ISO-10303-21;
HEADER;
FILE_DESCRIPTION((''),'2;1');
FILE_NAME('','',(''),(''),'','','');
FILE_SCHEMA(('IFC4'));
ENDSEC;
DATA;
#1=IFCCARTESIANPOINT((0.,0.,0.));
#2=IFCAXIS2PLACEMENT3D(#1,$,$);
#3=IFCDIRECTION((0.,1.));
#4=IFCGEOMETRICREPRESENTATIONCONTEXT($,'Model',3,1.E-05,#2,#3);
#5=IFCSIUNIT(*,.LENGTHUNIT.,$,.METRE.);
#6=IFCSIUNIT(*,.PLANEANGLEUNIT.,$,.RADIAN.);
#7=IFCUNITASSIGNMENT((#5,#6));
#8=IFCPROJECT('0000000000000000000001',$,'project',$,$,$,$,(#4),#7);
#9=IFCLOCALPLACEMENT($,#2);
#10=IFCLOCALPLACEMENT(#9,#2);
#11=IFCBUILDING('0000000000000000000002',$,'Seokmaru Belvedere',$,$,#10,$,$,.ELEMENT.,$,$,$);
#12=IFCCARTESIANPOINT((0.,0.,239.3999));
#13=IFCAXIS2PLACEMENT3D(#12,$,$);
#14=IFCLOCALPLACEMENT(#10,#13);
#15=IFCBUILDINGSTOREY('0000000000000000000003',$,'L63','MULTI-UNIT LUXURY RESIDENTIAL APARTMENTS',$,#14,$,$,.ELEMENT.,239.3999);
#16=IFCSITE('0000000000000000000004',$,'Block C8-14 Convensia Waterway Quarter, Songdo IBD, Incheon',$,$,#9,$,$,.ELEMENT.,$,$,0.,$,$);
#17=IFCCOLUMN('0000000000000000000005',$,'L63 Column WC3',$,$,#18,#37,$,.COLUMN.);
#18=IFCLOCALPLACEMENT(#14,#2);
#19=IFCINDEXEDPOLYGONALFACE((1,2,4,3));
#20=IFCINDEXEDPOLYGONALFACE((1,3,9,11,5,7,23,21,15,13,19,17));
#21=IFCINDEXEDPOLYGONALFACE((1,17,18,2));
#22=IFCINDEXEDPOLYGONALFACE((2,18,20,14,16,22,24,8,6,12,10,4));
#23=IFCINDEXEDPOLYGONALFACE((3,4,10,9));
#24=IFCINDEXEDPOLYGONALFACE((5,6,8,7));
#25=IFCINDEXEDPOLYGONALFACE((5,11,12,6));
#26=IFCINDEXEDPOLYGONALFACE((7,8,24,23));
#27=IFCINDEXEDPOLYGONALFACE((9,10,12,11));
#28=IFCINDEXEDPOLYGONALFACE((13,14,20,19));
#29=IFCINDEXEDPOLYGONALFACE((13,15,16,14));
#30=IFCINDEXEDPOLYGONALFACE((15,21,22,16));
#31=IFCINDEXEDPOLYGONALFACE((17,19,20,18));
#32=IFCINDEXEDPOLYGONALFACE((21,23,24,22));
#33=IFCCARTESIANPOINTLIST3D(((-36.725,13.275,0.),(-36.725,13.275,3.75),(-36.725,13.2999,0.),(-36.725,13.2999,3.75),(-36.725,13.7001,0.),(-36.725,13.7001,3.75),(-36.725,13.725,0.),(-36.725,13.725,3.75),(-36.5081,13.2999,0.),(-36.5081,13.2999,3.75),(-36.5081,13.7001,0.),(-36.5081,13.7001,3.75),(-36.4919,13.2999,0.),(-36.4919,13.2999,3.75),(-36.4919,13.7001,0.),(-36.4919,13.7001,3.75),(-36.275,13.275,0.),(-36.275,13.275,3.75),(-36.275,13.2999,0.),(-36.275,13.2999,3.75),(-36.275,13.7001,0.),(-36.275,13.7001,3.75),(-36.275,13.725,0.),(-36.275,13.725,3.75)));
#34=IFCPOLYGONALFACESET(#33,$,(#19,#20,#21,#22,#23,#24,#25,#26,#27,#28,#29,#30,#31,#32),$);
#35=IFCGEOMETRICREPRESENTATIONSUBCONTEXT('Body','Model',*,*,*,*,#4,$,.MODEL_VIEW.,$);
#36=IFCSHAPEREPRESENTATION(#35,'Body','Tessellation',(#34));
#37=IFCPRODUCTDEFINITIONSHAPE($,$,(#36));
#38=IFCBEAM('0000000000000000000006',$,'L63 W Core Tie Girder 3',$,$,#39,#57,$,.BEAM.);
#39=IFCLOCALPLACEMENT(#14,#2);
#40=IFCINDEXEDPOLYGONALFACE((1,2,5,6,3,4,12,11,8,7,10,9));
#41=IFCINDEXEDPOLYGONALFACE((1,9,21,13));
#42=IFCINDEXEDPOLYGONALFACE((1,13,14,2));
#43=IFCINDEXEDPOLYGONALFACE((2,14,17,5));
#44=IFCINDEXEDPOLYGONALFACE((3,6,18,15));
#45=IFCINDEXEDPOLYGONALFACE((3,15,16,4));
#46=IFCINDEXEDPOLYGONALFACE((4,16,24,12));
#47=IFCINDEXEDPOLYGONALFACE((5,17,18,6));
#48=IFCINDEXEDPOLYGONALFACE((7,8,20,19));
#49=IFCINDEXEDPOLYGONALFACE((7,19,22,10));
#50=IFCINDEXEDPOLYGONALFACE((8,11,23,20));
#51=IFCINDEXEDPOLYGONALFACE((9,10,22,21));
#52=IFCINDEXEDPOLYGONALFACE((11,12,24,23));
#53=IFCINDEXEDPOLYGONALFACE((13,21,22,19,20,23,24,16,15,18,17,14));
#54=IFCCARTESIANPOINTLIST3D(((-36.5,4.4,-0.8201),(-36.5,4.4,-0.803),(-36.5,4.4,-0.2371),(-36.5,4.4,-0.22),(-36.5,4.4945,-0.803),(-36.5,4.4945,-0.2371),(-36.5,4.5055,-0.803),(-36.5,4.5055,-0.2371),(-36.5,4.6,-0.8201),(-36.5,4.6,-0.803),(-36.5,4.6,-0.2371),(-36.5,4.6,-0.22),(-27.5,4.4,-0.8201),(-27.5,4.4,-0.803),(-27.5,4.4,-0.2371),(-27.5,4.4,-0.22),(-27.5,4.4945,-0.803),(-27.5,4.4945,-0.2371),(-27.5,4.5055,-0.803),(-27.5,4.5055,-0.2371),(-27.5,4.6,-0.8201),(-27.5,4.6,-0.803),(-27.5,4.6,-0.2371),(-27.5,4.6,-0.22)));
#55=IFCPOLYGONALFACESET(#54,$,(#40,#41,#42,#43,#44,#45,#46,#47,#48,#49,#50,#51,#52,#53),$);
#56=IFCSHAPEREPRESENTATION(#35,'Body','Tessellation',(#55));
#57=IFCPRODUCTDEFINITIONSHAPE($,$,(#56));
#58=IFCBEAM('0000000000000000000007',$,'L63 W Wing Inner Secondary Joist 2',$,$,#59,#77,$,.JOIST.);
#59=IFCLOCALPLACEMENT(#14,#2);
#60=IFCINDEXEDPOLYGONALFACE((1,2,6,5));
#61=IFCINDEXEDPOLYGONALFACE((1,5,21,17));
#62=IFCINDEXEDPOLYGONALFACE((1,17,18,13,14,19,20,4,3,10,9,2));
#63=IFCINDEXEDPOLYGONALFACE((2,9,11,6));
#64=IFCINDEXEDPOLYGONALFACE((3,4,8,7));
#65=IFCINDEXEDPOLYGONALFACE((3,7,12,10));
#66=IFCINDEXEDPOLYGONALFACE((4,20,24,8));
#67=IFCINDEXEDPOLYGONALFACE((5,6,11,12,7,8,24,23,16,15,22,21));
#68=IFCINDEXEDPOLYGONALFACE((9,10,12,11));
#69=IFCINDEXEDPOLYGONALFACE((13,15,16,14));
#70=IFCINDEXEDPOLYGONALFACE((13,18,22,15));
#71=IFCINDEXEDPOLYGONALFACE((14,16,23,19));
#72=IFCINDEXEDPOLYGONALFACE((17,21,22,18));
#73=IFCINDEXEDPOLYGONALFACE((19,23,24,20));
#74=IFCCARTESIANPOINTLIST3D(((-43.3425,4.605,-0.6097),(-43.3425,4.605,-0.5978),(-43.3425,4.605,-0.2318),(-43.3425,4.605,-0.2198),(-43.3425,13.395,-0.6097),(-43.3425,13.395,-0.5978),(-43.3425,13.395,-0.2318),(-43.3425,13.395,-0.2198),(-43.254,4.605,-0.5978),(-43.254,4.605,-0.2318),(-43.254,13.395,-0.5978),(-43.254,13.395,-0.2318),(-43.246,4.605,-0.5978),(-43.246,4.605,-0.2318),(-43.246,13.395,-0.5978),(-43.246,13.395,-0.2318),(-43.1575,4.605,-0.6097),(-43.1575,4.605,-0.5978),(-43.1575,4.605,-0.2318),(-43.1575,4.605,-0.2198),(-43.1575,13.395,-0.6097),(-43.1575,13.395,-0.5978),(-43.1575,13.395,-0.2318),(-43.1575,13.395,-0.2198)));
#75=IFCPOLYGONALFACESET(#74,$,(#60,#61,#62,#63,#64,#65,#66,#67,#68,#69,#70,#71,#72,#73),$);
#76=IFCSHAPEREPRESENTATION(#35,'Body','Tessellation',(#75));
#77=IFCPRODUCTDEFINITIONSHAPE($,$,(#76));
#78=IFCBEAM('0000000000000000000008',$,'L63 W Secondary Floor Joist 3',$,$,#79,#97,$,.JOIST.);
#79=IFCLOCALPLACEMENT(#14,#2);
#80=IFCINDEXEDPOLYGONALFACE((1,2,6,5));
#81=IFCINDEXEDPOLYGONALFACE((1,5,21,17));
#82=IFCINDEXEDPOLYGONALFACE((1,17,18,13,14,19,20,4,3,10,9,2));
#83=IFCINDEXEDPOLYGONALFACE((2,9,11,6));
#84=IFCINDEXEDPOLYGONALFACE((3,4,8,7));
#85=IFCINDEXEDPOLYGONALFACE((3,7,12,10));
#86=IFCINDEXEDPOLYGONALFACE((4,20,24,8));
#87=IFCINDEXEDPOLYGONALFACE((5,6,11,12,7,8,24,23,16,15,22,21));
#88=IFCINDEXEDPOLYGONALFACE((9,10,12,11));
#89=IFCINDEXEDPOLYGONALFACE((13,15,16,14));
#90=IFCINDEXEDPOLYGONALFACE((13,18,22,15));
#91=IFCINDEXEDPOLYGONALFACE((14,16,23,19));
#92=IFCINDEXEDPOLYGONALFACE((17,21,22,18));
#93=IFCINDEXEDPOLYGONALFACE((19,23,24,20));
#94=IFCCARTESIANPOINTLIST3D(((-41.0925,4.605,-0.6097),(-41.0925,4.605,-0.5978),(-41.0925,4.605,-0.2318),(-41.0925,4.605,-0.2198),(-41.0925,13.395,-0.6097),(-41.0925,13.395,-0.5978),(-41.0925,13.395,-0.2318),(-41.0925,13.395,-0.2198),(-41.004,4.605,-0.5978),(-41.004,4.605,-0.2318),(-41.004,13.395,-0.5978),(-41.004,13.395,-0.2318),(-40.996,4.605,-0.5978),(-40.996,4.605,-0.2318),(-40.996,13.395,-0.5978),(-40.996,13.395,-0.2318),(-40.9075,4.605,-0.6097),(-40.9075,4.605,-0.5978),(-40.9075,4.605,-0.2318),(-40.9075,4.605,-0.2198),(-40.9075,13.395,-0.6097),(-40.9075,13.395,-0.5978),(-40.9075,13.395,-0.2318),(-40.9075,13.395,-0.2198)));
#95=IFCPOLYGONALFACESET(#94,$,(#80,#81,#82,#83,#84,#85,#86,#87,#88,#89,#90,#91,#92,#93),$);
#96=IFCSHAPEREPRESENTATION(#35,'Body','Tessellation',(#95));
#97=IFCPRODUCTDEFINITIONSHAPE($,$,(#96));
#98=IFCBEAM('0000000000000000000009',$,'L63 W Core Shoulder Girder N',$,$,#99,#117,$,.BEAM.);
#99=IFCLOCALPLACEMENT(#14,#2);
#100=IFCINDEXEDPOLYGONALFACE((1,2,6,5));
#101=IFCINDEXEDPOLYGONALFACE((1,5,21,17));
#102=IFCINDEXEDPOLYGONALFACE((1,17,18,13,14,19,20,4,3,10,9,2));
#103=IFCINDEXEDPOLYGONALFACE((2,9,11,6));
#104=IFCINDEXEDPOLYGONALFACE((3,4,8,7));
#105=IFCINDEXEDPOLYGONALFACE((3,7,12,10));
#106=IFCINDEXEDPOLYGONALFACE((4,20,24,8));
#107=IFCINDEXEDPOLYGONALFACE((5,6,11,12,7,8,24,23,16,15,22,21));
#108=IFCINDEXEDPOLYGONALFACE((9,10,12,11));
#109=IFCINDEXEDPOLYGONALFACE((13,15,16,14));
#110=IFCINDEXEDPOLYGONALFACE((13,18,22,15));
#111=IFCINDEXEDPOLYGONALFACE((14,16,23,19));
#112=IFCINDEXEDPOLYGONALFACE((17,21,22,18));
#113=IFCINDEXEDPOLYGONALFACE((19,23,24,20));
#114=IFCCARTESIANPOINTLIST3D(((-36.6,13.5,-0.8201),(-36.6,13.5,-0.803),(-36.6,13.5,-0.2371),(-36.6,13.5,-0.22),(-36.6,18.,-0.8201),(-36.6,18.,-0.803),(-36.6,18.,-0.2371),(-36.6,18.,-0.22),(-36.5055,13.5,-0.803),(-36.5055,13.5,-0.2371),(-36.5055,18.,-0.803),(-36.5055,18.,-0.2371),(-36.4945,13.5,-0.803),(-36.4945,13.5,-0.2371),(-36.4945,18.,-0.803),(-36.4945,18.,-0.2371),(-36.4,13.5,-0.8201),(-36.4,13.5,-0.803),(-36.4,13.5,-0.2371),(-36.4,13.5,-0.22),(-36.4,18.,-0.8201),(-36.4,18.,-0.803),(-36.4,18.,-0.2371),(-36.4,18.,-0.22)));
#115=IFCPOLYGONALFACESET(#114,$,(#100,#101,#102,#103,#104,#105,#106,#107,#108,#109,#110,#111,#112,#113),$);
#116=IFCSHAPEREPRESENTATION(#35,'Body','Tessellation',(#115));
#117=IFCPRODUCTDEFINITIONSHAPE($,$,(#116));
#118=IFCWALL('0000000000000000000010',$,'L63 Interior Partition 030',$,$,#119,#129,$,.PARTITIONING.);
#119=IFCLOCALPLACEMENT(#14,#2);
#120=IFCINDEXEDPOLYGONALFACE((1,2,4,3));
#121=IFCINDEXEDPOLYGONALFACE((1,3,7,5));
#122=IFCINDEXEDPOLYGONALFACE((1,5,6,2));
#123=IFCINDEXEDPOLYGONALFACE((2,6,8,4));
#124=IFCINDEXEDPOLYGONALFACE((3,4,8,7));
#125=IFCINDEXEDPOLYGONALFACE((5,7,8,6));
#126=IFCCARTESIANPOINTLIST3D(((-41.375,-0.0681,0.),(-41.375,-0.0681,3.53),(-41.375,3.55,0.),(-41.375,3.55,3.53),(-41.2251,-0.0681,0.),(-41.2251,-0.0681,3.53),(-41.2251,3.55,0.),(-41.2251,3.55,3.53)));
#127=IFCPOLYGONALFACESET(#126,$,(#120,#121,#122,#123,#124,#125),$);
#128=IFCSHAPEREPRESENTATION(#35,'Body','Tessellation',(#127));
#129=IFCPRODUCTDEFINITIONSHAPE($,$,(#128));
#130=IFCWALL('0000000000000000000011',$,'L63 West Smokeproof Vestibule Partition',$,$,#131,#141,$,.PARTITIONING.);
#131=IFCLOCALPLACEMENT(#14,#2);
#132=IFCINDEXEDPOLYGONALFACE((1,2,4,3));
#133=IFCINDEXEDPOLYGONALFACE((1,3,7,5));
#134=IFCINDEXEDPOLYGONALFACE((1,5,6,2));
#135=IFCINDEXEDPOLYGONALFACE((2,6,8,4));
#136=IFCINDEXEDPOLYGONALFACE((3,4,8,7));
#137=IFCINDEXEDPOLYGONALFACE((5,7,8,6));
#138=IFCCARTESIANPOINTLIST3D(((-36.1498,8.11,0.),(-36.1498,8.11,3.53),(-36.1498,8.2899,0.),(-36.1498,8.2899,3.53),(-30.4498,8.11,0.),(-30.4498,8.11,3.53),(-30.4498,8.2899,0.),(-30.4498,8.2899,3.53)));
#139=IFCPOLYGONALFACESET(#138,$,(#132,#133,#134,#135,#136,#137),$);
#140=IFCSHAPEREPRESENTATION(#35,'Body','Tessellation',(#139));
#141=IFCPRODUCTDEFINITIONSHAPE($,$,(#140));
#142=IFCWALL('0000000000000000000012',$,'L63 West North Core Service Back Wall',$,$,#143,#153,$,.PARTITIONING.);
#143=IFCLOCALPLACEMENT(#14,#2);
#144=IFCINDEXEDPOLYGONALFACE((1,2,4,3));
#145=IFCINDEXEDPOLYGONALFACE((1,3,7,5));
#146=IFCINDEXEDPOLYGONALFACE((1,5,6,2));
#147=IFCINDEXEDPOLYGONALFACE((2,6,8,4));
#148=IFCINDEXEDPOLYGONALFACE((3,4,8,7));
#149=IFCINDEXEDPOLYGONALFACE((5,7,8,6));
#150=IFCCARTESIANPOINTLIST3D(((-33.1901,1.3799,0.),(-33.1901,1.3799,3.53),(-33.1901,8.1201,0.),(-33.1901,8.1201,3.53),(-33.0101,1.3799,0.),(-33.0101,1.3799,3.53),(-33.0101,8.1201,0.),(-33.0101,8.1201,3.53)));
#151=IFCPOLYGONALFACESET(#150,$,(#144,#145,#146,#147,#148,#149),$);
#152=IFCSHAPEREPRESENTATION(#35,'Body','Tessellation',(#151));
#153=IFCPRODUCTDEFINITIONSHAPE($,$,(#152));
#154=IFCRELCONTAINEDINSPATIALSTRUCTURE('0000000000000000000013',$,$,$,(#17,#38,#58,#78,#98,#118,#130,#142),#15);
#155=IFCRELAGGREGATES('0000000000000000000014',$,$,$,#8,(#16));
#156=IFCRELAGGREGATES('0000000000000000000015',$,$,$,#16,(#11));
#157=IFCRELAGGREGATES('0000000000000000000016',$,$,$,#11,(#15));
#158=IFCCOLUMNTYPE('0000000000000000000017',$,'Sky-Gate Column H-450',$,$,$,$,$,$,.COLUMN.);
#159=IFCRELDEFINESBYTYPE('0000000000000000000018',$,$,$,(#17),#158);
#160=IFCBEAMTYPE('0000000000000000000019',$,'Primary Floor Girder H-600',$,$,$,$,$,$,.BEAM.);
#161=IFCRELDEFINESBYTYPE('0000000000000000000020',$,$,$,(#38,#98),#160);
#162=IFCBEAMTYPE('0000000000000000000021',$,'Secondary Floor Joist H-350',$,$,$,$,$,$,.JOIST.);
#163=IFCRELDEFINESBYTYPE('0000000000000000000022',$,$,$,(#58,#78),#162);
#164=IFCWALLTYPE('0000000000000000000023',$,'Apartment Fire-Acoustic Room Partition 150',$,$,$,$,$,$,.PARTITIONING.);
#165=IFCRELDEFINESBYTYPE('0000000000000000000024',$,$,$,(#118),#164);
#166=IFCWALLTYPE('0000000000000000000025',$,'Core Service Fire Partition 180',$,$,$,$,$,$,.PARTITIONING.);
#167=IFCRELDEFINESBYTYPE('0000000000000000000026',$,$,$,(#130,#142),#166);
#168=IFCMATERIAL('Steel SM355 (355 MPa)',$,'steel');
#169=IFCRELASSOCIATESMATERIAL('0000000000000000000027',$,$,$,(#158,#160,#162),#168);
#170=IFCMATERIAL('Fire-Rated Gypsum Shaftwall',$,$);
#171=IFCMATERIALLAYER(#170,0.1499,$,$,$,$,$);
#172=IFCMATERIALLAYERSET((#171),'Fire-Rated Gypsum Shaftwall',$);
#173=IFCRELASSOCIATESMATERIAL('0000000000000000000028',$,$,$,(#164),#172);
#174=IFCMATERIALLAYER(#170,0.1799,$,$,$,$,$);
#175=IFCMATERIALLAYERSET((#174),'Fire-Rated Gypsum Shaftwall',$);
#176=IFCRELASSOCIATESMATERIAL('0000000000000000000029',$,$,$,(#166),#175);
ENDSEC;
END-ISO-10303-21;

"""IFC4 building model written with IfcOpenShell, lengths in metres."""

from ifc_helpers import new_model, si_unit, direction, frame, frame_2d, origin, origin_2d, place, context, subcontext, project, spatial, rectangle, i_section, extrude, source, transform, mapped, material, layer, layer_set, material_profile, profile_set, type_object, type_shapes, element, save


model = new_model("IFC4")

# Units and contexts
model_context = context("Model", 3, precision=1e-05, world=origin(), true_north=direction((0.0, 1.0)))
body_context = subcontext(model_context, "Body", "Model", "MODEL_VIEW")
ifc_project = project(units=[si_unit("LENGTHUNIT", "METRE"), si_unit("PLANEANGLEUNIT", "RADIAN")], contexts=[model_context])

# Site, building, storey
site_placement = place(None, origin())
site = spatial("IfcSite", under=ifc_project, at=site_placement, Name="Block C8-14 Convensia Waterway Quarter, Songdo IBD, Incheon", CompositionType="ELEMENT", RefElevation=0.0)
building_placement = place(site_placement, origin())
building = spatial("IfcBuilding", under=site, at=building_placement, Name="Seokmaru Belvedere", CompositionType="ELEMENT")
storey_placement = place(building_placement, frame((0.0, 0.0, 239.3999)))
storey = spatial("IfcBuildingStorey", under=building, at=storey_placement, Name="L63", Description="MULTI-UNIT LUXURY RESIDENTIAL APARTMENTS", CompositionType="ELEMENT", Elevation=239.3999)

# Column
ifc_material_1 = material(Name="Steel SM355 (355 MPa)", Category="steel")
ifc_material_profile_1 = material_profile(ifc_material_1, i_section(OverallWidth=0.45, OverallDepth=0.45, WebThickness=0.0161, FlangeThickness=0.0249, at=origin_2d()), Name="H-450x450x16x25")
ifc_profile_set_1 = profile_set([ifc_material_profile_1], Name="Steel SM355 (355 MPa)")
column_type = type_object("IfcColumnType", Name="Sky-Gate Column H-450", PredefinedType="COLUMN", material=ifc_profile_set_1)
shared_shape_1 = source(origin(), body_context, "Body", "SweptSolid", [
    extrude(i_section(OverallWidth=0.45, OverallDepth=0.45, WebThickness=0.0161, FlangeThickness=0.0249, at=origin_2d()), origin(), (0.0, 0.0, 1.0), 3.75),
])
type_shapes(column_type, [shared_shape_1])
column_placement = place(storey_placement, frame((-36.5, 13.5, 0.0), z_axis=(0.0, 0.0, 1.0), x_axis=(1.0, 0.0, 0.0)))
element("IfcColumn", 1, at=column_placement, inside=storey, type_object=column_type, Name="L63 Column WC3", PredefinedType="COLUMN", context=body_context, shape_type="MappedRepresentation", body=[
    mapped(shared_shape_1, transform((0.0, 0.0, 0.0), scale=1.0)),
])

# Beams
ifc_material_profile_2 = material_profile(ifc_material_1, i_section(OverallWidth=0.2, OverallDepth=0.6001, WebThickness=0.011, FlangeThickness=0.0171, at=origin_2d()), Name="H-600x200x11x17")
ifc_profile_set_2 = profile_set([ifc_material_profile_2], Name="Steel SM355 (355 MPa)")
beam_type_1 = type_object("IfcBeamType", Name="Primary Floor Girder H-600", PredefinedType="BEAM", material=ifc_profile_set_2)
shared_shape_2 = source(origin(), body_context, "Body", "SweptSolid", [
    extrude(i_section(OverallWidth=0.2, OverallDepth=0.6001, WebThickness=0.011, FlangeThickness=0.0171, at=origin_2d()), origin(), (0.0, 0.0, 1.0), 9.0),
])
beam_1_placement = place(storey_placement, frame((-36.5, 4.5, -0.52), z_axis=(1.0, 0.0, 0.0), x_axis=(0.0, 1.0, 0.0)))
element("IfcBeam", 2, at=beam_1_placement, inside=storey, type_object=beam_type_1, Name="L63 W Core Tie Girder 3", PredefinedType="BEAM", context=body_context, shape_type="MappedRepresentation", body=[
    mapped(shared_shape_2, transform((0.0, 0.0, 0.0), scale=1.0)),
])
ifc_material_profile_3 = material_profile(ifc_material_1, i_section(OverallWidth=0.1851, OverallDepth=0.3899, WebThickness=0.0081, FlangeThickness=0.012, at=origin_2d()), Name="H-390x185x8x12")
ifc_profile_set_3 = profile_set([ifc_material_profile_3], Name="Steel SM355 (355 MPa)")
beam_type_2 = type_object("IfcBeamType", Name="Secondary Floor Joist H-350", PredefinedType="JOIST", material=ifc_profile_set_3)
shared_shape_3 = source(origin(), body_context, "Body", "SweptSolid", [
    extrude(i_section(OverallWidth=0.1851, OverallDepth=0.3899, WebThickness=0.0081, FlangeThickness=0.012, at=origin_2d()), origin(), (0.0, 0.0, 1.0), 8.79),
])
type_shapes(beam_type_2, [shared_shape_3])
for number, where, z_axis, x_axis, name in (
    (3, (-43.25, 4.605, -0.4148), (0.0, 1.0, 0.0), (-1.0, 0.0, 0.0), "L63 W Wing Inner Secondary Joist 2"),
    (4, (-41.0, 4.605, -0.4148), (0.0, 1.0, 0.0), (-1.0, 0.0, 0.0), "L63 W Secondary Floor Joist 3"),
):
    element("IfcBeam", number, at=place(storey_placement, frame(where, z_axis=z_axis, x_axis=x_axis)), inside=storey, type_object=beam_type_2, Name=name, PredefinedType="JOIST", context=body_context, shape_type="MappedRepresentation", body=[
        mapped(shared_shape_3, transform((0.0, 0.0, 0.0), scale=1.0)),
    ])
shared_shape_4 = source(origin(), body_context, "Body", "SweptSolid", [
    extrude(i_section(OverallWidth=0.2, OverallDepth=0.6001, WebThickness=0.011, FlangeThickness=0.0171, at=origin_2d()), origin(), (0.0, 0.0, 1.0), 4.5),
])
type_shapes(beam_type_1, [shared_shape_2, shared_shape_4])
beam_2_placement = place(storey_placement, frame((-36.5, 13.5, -0.52), z_axis=(0.0, 1.0, 0.0), x_axis=(-1.0, 0.0, 0.0)))
element("IfcBeam", 5, at=beam_2_placement, inside=storey, type_object=beam_type_1, Name="L63 W Core Shoulder Girder N", PredefinedType="BEAM", context=body_context, shape_type="MappedRepresentation", body=[
    mapped(shared_shape_4, transform((0.0, 0.0, 0.0), scale=1.0)),
])

# Shared definitions
ifc_material_2 = material(Name="Fire-Rated Gypsum Shaftwall")
ifc_layer_1 = layer(ifc_material_2, 0.1499)
ifc_layer_set_1 = layer_set([ifc_layer_1], Name="Fire-Rated Gypsum Shaftwall")
wall_type_1 = type_object("IfcWallType", Name="Apartment Fire-Acoustic Room Partition 150", PredefinedType="PARTITIONING", material=ifc_layer_set_1)

# Walls
wall_1_placement = place(storey_placement, frame((-41.3, -0.0681, 0.0), z_axis=(0.0, 0.0, 1.0), x_axis=(0.0, 1.0, 0.0)))
element("IfcWall", 6, at=wall_1_placement, inside=storey, type_object=wall_type_1, Name="L63 Interior Partition 030", PredefinedType="PARTITIONING", context=body_context, shape_type="SweptSolid", body=[
    extrude(rectangle(XDim=3.6182, YDim=0.1499, at=frame_2d((1.8091, 0.0))), origin(), (0.0, 0.0, 1.0), 3.53),
])
ifc_layer_2 = layer(ifc_material_2, 0.1799)
ifc_layer_set_2 = layer_set([ifc_layer_2], Name="Fire-Rated Gypsum Shaftwall")
wall_type_2 = type_object("IfcWallType", Name="Core Service Fire Partition 180", PredefinedType="PARTITIONING", material=ifc_layer_set_2)
wall_2_placement = place(storey_placement, frame((-36.1499, 8.2, 0.0), z_axis=(0.0, 0.0, 1.0), x_axis=(1.0, 0.0, 0.0)))
element("IfcWall", 7, at=wall_2_placement, inside=storey, type_object=wall_type_2, Name="L63 West Smokeproof Vestibule Partition", PredefinedType="PARTITIONING", context=body_context, shape_type="SweptSolid", body=[
    extrude(rectangle(XDim=5.7, YDim=0.1799, at=frame_2d((2.8501, 0.0))), origin(), (0.0, 0.0, 1.0), 3.53),
])
wall_3_placement = place(storey_placement, frame((-33.1001, 1.3799, 0.0), z_axis=(0.0, 0.0, 1.0), x_axis=(0.0, 1.0, 0.0)))
element("IfcWall", 8, at=wall_3_placement, inside=storey, type_object=wall_type_2, Name="L63 West North Core Service Back Wall", PredefinedType="PARTITIONING", context=body_context, shape_type="SweptSolid", body=[
    extrude(rectangle(XDim=6.7402, YDim=0.1799, at=frame_2d((3.3701, 0.0))), origin(), (0.0, 0.0, 1.0), 3.53),
])

save(model, "model.ifc")
